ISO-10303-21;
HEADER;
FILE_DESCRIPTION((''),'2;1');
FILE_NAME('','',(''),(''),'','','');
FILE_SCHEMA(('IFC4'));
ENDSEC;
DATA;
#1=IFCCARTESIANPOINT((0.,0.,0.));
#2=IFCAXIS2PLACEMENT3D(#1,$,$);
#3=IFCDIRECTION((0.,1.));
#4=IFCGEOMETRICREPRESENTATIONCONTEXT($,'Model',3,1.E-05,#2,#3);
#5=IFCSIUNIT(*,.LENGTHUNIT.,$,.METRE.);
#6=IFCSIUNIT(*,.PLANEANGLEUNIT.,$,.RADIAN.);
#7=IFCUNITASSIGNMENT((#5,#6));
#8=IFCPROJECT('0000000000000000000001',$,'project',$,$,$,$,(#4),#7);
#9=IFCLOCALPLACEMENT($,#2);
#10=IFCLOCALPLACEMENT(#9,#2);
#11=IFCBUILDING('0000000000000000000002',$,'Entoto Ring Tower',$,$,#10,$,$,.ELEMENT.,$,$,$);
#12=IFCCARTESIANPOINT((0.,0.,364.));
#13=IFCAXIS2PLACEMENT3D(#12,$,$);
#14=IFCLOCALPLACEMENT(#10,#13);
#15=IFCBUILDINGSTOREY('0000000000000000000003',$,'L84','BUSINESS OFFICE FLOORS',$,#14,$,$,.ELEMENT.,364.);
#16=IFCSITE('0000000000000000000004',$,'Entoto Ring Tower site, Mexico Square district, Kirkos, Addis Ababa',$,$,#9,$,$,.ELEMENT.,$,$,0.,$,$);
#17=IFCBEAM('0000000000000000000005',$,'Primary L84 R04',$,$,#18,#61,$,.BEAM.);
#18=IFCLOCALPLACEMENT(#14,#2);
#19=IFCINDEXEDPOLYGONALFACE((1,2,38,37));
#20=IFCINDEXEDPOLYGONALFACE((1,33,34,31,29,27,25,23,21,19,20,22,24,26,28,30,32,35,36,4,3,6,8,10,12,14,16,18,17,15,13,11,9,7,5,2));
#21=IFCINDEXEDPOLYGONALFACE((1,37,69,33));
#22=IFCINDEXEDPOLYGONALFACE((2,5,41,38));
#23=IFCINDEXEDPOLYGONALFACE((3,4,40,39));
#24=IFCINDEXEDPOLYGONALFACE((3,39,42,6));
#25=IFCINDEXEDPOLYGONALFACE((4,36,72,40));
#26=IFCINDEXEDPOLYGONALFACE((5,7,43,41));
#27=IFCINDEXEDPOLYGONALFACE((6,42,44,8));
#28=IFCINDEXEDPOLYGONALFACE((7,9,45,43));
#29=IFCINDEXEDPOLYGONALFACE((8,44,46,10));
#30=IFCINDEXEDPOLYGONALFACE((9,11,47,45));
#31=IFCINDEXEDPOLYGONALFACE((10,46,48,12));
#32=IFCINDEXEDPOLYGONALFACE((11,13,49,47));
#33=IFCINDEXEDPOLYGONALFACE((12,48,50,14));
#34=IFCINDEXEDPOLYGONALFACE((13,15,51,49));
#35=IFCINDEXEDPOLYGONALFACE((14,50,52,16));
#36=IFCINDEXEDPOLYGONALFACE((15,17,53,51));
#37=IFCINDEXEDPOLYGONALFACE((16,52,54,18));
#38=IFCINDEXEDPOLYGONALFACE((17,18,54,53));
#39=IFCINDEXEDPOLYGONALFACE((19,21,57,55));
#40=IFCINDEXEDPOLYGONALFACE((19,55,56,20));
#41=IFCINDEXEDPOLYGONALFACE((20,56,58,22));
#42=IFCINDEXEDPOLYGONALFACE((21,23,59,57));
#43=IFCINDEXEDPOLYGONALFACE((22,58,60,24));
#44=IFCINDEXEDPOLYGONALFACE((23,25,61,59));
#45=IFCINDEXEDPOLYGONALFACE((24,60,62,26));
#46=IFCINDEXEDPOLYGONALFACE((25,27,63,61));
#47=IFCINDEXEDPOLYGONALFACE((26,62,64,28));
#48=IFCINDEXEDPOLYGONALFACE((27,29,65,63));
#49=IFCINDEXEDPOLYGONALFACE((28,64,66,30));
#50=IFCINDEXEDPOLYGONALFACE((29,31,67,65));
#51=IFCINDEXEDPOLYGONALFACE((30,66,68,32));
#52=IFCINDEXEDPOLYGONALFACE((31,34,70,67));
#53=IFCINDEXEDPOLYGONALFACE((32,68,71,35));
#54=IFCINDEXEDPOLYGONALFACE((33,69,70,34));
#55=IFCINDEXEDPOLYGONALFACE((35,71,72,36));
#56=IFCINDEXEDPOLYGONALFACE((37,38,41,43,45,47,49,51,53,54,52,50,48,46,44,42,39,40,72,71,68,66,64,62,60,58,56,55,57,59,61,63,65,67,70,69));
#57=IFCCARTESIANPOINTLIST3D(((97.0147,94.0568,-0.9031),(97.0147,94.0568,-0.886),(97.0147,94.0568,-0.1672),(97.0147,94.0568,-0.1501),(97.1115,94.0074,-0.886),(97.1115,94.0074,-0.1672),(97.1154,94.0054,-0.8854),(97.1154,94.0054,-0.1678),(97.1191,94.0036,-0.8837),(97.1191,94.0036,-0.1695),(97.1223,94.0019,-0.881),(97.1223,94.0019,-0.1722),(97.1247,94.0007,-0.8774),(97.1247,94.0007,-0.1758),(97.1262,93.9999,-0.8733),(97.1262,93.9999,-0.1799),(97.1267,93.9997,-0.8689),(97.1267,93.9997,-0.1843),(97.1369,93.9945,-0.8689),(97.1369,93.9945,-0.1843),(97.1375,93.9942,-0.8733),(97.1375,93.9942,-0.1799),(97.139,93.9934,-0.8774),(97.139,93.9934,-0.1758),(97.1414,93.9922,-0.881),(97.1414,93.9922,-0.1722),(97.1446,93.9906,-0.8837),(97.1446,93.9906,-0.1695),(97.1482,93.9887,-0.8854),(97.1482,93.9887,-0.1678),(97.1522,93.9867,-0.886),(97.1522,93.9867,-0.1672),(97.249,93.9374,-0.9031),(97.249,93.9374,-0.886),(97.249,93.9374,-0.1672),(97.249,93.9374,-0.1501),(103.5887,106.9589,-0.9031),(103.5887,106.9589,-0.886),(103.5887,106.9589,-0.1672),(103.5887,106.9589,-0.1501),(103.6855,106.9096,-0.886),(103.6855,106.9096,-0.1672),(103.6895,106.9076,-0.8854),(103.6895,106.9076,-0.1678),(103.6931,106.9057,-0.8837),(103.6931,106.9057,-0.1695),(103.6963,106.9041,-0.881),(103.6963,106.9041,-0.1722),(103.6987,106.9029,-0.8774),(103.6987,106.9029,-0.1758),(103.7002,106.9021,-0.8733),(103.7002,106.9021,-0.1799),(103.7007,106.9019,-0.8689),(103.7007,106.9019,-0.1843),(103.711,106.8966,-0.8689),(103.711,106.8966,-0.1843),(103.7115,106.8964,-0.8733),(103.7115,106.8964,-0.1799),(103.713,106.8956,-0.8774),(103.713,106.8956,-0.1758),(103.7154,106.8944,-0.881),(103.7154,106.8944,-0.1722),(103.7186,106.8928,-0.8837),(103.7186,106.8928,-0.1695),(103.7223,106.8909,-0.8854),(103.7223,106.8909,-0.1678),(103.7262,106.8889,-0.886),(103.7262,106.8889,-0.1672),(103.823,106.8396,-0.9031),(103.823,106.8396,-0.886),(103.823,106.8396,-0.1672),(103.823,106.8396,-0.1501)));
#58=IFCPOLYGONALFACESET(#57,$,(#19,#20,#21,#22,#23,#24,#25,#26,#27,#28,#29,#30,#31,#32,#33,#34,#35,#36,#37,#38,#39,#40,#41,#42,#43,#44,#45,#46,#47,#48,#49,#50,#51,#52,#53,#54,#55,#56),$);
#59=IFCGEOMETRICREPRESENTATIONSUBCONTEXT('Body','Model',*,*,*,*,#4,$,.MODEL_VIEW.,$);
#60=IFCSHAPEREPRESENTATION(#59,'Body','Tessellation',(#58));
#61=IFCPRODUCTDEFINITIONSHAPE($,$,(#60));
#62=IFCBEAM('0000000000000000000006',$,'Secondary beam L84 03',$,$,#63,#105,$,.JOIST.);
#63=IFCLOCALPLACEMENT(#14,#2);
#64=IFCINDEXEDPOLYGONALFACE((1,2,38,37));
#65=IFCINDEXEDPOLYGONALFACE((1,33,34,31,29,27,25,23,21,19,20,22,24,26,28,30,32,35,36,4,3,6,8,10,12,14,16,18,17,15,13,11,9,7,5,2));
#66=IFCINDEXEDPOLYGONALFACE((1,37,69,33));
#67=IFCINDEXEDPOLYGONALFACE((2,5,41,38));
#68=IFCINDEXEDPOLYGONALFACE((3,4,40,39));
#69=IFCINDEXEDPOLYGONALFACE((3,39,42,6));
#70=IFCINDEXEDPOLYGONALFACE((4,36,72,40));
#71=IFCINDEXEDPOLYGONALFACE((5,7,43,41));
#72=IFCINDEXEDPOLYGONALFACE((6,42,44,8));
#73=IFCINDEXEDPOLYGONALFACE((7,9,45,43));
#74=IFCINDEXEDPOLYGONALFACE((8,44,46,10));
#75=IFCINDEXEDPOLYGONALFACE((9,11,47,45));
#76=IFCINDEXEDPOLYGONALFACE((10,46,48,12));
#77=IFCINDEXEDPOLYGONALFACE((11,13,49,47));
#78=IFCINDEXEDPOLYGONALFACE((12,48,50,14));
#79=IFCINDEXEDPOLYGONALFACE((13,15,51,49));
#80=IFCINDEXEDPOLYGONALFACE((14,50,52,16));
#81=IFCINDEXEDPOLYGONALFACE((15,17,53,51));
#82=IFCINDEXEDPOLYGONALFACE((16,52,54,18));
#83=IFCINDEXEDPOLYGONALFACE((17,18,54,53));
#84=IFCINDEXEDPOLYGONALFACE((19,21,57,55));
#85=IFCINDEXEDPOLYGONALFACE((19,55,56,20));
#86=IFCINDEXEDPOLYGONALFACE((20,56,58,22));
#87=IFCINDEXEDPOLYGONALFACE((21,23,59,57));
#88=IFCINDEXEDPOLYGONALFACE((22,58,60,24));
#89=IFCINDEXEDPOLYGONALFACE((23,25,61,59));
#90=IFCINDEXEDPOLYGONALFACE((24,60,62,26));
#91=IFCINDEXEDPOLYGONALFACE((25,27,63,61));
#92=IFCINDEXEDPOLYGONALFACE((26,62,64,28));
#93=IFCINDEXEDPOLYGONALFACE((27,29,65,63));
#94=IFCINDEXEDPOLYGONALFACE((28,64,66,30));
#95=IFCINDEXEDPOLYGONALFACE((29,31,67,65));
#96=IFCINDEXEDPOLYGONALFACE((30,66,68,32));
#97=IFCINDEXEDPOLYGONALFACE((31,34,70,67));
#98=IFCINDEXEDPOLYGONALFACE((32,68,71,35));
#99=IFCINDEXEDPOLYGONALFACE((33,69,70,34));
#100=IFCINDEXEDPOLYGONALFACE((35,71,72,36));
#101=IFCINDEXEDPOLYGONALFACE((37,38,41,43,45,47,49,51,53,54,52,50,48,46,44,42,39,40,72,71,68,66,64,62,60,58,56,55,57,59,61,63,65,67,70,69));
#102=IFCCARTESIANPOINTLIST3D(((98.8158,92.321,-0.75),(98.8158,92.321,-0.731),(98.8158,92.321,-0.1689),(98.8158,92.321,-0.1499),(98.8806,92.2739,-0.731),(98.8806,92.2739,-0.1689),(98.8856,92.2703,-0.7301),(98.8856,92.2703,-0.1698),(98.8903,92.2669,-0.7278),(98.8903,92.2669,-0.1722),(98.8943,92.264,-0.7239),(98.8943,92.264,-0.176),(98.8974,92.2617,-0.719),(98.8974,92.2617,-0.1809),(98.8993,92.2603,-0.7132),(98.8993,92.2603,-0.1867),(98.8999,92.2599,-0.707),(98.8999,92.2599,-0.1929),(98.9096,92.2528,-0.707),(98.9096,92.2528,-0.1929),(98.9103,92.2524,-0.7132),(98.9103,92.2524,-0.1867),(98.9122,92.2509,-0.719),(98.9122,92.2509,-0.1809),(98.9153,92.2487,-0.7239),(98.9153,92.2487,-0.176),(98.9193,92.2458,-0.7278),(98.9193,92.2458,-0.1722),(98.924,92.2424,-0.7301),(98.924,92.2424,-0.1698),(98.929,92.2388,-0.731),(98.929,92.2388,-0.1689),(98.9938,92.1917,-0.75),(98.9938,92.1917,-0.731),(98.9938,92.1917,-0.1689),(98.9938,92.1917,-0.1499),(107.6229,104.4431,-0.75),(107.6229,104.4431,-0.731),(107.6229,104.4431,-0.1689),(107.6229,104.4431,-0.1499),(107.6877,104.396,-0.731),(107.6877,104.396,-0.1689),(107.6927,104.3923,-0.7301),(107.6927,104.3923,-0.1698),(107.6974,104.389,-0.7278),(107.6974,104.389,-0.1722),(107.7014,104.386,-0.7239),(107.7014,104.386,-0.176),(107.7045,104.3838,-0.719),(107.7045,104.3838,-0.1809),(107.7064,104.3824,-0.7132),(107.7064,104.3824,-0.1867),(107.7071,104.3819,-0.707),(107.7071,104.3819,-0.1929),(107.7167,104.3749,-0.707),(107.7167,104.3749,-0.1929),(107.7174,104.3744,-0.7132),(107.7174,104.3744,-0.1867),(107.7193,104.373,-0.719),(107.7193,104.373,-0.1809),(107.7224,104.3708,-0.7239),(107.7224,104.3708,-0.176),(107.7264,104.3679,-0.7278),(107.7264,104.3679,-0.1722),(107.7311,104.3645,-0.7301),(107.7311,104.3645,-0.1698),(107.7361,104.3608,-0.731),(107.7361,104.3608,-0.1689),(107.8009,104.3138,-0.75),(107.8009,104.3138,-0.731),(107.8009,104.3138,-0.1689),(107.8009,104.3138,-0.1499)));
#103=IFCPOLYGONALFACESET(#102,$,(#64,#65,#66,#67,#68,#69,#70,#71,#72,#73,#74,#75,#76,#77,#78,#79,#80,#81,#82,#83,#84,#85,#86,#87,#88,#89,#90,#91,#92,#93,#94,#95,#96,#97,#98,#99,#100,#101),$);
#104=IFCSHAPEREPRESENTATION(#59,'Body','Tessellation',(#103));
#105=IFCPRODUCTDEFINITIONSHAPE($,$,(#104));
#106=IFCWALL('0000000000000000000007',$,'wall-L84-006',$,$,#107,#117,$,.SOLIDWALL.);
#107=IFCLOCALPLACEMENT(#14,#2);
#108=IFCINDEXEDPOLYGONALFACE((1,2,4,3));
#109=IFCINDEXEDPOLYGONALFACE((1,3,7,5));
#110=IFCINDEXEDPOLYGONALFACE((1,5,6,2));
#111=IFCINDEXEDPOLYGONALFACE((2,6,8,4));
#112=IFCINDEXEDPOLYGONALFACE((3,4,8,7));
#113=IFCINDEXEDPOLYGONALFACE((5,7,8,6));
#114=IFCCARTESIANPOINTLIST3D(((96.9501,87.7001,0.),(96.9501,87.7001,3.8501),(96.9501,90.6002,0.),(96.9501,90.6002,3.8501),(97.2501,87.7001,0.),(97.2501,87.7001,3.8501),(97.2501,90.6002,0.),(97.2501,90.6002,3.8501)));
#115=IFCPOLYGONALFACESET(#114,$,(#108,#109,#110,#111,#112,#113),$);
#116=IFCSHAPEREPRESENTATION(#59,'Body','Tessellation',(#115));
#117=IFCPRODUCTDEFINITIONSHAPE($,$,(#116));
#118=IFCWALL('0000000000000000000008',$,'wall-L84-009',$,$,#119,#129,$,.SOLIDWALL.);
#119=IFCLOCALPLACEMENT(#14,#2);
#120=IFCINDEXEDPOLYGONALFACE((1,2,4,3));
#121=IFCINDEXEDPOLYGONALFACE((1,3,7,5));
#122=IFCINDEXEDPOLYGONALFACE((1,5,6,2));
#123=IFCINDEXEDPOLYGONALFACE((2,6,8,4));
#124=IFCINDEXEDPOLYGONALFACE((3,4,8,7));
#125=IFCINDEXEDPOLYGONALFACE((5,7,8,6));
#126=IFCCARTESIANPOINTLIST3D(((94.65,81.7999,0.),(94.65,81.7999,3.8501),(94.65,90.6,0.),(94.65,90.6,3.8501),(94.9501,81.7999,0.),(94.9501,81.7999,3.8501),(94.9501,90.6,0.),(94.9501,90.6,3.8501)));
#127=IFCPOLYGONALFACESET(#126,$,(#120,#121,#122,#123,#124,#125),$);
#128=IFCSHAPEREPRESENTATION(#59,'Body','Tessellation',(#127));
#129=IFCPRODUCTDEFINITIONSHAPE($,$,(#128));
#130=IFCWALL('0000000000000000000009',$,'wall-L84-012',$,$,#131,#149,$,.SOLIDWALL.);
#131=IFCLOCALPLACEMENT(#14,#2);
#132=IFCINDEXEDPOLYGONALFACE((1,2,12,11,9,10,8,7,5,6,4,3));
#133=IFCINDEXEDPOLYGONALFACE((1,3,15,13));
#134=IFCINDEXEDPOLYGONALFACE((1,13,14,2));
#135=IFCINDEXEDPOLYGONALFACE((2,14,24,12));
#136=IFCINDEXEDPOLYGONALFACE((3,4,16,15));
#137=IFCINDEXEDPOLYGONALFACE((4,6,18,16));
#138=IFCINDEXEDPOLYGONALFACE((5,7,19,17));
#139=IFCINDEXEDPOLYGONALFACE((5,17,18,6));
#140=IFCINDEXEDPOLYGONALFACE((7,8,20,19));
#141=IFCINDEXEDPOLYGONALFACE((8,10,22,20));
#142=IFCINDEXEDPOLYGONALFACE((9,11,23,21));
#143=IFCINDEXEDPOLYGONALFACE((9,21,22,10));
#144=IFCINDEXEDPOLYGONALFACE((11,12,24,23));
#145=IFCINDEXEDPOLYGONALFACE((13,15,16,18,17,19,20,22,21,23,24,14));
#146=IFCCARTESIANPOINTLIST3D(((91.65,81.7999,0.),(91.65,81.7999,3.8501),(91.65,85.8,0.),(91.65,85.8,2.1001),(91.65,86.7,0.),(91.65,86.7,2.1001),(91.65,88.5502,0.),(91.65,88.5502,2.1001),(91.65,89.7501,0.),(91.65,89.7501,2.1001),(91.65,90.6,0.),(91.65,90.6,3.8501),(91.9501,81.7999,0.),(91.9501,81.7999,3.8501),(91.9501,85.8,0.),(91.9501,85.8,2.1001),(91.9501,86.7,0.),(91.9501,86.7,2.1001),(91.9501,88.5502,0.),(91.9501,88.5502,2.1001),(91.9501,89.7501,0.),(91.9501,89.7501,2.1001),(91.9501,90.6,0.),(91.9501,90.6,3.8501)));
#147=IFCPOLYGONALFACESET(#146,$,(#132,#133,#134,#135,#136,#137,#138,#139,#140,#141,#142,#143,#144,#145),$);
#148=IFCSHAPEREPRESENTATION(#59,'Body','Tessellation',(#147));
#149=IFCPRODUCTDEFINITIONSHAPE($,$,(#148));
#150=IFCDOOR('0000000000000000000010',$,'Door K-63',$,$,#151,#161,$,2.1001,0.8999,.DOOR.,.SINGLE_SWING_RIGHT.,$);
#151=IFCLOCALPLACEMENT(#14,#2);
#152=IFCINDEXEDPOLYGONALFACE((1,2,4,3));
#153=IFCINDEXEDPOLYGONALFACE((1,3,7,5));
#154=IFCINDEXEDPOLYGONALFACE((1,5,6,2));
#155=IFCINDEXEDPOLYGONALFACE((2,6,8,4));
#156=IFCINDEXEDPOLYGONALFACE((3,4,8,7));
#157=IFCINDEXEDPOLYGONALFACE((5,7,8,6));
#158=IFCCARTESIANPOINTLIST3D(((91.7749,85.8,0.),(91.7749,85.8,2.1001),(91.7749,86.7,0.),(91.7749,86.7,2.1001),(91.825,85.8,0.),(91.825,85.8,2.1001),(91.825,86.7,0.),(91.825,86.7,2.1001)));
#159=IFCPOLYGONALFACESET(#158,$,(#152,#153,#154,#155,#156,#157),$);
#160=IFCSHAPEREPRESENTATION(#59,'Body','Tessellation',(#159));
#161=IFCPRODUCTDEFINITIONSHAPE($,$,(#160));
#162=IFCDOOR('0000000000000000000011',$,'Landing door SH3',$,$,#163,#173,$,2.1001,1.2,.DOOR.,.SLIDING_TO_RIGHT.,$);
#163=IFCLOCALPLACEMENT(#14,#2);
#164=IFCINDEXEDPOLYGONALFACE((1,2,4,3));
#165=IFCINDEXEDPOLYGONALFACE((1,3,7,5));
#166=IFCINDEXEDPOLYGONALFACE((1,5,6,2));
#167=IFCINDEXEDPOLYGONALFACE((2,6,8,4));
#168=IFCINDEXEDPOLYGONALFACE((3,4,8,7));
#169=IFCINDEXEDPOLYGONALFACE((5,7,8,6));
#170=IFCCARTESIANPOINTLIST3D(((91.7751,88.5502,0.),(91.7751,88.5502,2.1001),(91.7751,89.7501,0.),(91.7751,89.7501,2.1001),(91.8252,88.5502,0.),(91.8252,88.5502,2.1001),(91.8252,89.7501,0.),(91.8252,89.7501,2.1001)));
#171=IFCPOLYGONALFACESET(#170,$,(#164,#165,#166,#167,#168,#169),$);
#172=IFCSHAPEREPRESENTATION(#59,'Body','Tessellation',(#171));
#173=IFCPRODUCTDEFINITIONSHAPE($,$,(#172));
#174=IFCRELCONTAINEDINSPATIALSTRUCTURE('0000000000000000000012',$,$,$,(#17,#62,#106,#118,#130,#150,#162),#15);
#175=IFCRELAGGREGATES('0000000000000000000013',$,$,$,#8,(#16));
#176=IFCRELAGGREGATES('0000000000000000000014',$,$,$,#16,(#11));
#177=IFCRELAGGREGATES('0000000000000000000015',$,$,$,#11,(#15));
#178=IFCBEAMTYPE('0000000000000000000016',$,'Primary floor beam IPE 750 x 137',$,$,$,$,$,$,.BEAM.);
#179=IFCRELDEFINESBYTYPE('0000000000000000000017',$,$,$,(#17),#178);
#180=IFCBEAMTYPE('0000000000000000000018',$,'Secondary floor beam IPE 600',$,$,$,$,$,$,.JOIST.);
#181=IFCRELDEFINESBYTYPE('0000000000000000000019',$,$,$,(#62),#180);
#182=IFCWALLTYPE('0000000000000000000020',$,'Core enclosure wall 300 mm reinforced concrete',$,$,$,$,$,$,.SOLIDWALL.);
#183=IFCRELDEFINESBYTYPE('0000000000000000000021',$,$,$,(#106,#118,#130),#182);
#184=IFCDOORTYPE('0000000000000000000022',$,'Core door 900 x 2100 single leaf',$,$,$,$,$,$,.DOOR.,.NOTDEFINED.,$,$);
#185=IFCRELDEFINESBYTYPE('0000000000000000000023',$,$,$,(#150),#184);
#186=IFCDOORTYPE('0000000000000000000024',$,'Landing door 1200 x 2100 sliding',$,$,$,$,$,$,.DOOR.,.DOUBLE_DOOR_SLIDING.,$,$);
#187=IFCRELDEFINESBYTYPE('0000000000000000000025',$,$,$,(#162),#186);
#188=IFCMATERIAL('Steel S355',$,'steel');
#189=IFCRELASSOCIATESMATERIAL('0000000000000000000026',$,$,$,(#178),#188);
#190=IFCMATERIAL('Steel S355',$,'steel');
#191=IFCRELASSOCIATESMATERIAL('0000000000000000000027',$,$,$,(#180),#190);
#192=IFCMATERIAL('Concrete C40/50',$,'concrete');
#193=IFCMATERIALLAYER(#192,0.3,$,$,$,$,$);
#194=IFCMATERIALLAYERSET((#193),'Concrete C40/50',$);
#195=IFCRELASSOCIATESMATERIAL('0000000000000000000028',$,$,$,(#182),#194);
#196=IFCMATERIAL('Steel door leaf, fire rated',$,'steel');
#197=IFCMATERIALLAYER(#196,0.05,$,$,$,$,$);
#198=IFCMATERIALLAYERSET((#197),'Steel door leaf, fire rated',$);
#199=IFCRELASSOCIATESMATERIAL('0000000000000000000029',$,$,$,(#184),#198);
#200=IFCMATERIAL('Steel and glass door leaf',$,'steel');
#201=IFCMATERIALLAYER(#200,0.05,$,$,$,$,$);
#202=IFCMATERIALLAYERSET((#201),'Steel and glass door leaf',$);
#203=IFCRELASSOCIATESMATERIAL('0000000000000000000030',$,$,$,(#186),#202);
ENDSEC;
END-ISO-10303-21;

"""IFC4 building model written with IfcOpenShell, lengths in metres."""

from ifc_helpers import new_model, si_unit, direction, frame, frame_2d, origin, origin_2d, place, context, subcontext, project, spatial, rectangle, i_section, extrude, material, layer, layer_set, material_profile, profile_set, type_object, element, fill, save


model = new_model("IFC4")

# Units and contexts
model_context = context("Model", 3, precision=1e-05, world=origin(), true_north=direction((0.0, 1.0)))
body_context = subcontext(model_context, "Body", "Model", "MODEL_VIEW")
ifc_project = project(units=[si_unit("LENGTHUNIT", "METRE"), si_unit("PLANEANGLEUNIT", "RADIAN")], contexts=[model_context])

# Site, building, storey
site_placement = place(None, origin())
site = spatial("IfcSite", under=ifc_project, at=site_placement, Name="Entoto Ring Tower site, Mexico Square district, Kirkos, Addis Ababa", CompositionType="ELEMENT", RefElevation=0.0)
building_placement = place(site_placement, origin())
building = spatial("IfcBuilding", under=site, at=building_placement, Name="Entoto Ring Tower", CompositionType="ELEMENT")
storey_placement = place(building_placement, frame((0.0, 0.0, 364.0)))
storey = spatial("IfcBuildingStorey", under=building, at=storey_placement, Name="L84", Description="BUSINESS OFFICE FLOORS", CompositionType="ELEMENT", Elevation=364.0)

# Beams
ifc_material_1 = material(Name="Steel S355", Category="steel")
ifc_material_profile_1 = material_profile(ifc_material_1, i_section(OverallWidth=0.2629, OverallDepth=0.7529, WebThickness=0.0115, FlangeThickness=0.0171, FilletRadius=0.0171, at=origin_2d()), Name="IPE 750 x 137")
ifc_profile_set_1 = profile_set([ifc_material_profile_1], Name="Steel S355")
beam_type_1 = type_object("IfcBeamType", Name="Primary floor beam IPE 750 x 137", PredefinedType="BEAM", material=ifc_profile_set_1)
beam_1_placement = place(storey_placement, frame((97.1318, 93.9971, -0.5266), z_axis=(0.453992, 0.891006, 0.0), x_axis=(-0.891006, 0.453992, 0.0)))
element("IfcBeam", 1, at=beam_1_placement, inside=storey, type_object=beam_type_1, Name="Primary L84 R04", PredefinedType="BEAM", context=body_context, shape_type="SweptSolid", body=[
    extrude(i_section(OverallWidth=0.2629, OverallDepth=0.7529, WebThickness=0.0115, FlangeThickness=0.0171, FilletRadius=0.0171, at=origin_2d()), origin(), (0.0, 0.0, 1.0), 14.4805),
])
ifc_material_2 = material(Name="Steel S355", Category="steel")
ifc_material_profile_2 = material_profile(ifc_material_2, i_section(OverallWidth=0.22, OverallDepth=0.6001, WebThickness=0.012, FlangeThickness=0.019, FilletRadius=0.0239, at=origin_2d()), Name="IPE 600")
ifc_profile_set_2 = profile_set([ifc_material_profile_2], Name="Steel S355")
beam_type_2 = type_object("IfcBeamType", Name="Secondary floor beam IPE 600", PredefinedType="JOIST", material=ifc_profile_set_2)
beam_2_placement = place(storey_placement, frame((98.9048, 92.2563, -0.45), z_axis=(0.587782, 0.809019, 0.0), x_axis=(-0.809019, 0.587782, 0.0)))
element("IfcBeam", 2, at=beam_2_placement, inside=storey, type_object=beam_type_2, Name="Secondary beam L84 03", PredefinedType="JOIST", context=body_context, shape_type="SweptSolid", body=[
    extrude(i_section(OverallWidth=0.22, OverallDepth=0.6001, WebThickness=0.012, FlangeThickness=0.019, FilletRadius=0.0239, at=origin_2d()), origin(), (0.0, 0.0, 1.0), 14.9836),
])

# Walls
ifc_material_3 = material(Name="Concrete C40/50", Category="concrete")
ifc_layer_1 = layer(ifc_material_3, 0.3)
ifc_layer_set_1 = layer_set([ifc_layer_1], Name="Concrete C40/50")
wall_type = type_object("IfcWallType", Name="Core enclosure wall 300 mm reinforced concrete", PredefinedType="SOLIDWALL", material=ifc_layer_set_1)
wall_1_placement = place(storey_placement, frame((97.1001, 87.7, 0.0), z_axis=(0.0, 0.0, 1.0), x_axis=(0.0, 1.0, 0.0)))
element("IfcWall", 3, at=wall_1_placement, inside=storey, type_object=wall_type, Name="wall-L84-006", PredefinedType="SOLIDWALL", context=body_context, shape_type="SweptSolid", body=[
    extrude(rectangle(XDim=2.9001, YDim=0.3, at=frame_2d((1.4502, 0.0))), origin(), (0.0, 0.0, 1.0), 3.8501),
])
wall_2_placement = place(storey_placement, frame((94.8, 81.8, 0.0), z_axis=(0.0, 0.0, 1.0), x_axis=(0.0, 1.0, 0.0)))
element("IfcWall", 4, at=wall_2_placement, inside=storey, type_object=wall_type, Name="wall-L84-009", PredefinedType="SOLIDWALL", context=body_context, shape_type="SweptSolid", body=[
    extrude(rectangle(XDim=8.8, YDim=0.3, at=frame_2d((4.3999, 0.0))), origin(), (0.0, 0.0, 1.0), 3.8501),
])

# Wall, openings, doors
wall_3_placement = place(storey_placement, frame((91.8, 81.8, 0.0), z_axis=(0.0, 0.0, 1.0), x_axis=(0.0, 1.0, 0.0)))
wall_3 = element("IfcWall", 5, at=wall_3_placement, inside=storey, type_object=wall_type, Name="wall-L84-012", PredefinedType="SOLIDWALL", context=body_context, shape_type="SweptSolid", body=[
    extrude(rectangle(XDim=8.8, YDim=0.3, at=frame_2d((4.3999, 0.0))), origin(), (0.0, 0.0, 1.0), 3.8501),
])
opening_1_placement = place(wall_3_placement, frame((6.75, 0.0, 0.0)))
opening_1 = element("IfcOpeningElement", 6, at=opening_1_placement, cuts=wall_3, PredefinedType="OPENING", context=body_context, shape_type="SweptSolid", body=[
    extrude(rectangle(XDim=1.2, YDim=2.1001, at=frame_2d((0.6001, 1.05))), frame((0.0, 0.1602, 0.0), z_axis=(0.0, -1.0, 0.0), x_axis=(1.0, 0.0, 0.0)), (0.0, 0.0, 1.0), 0.3201),
])
opening_2_placement = place(wall_3_placement, frame((4.0, 0.0, 0.0)))
opening_2 = element("IfcOpeningElement", 7, at=opening_2_placement, cuts=wall_3, PredefinedType="OPENING", context=body_context, shape_type="SweptSolid", body=[
    extrude(rectangle(XDim=0.8999, YDim=2.1001, at=frame_2d((0.45, 1.05))), frame((0.0, 0.1602, 0.0), z_axis=(0.0, -1.0, 0.0), x_axis=(1.0, 0.0, 0.0)), (0.0, 0.0, 1.0), 0.3201),
])
ifc_material_4 = material(Name="Steel door leaf, fire rated", Category="steel")
ifc_layer_2 = layer(ifc_material_4, 0.05)
ifc_layer_set_2 = layer_set([ifc_layer_2], Name="Steel door leaf, fire rated")
door_type_1 = type_object("IfcDoorType", Name="Core door 900 x 2100 single leaf", OperationType="NOTDEFINED", PredefinedType="DOOR", material=ifc_layer_set_2)
door_1_placement = place(opening_2_placement, frame((0.8999, 0.0, 0.0), z_axis=(0.0, 0.0, 1.0), x_axis=(-1.0, 0.0, 0.0)))
door_1 = element("IfcDoor", 8, at=door_1_placement, inside=storey, type_object=door_type_1, Name="Door K-63", OperationType="SINGLE_SWING_RIGHT", OverallHeight=2.1001, OverallWidth=0.8999, PredefinedType="DOOR", context=body_context, shape_type="SweptSolid", body=[
    extrude(rectangle(XDim=0.8999, YDim=2.1001, at=frame_2d((0.45, 1.05))), frame((0.0, 0.0249, 0.0), z_axis=(0.0, -1.0, 0.0), x_axis=(1.0, 0.0, 0.0)), (0.0, 0.0, 1.0), 0.05),
])
fill(opening_2, door_1)
ifc_material_5 = material(Name="Steel and glass door leaf", Category="steel")
ifc_layer_3 = layer(ifc_material_5, 0.05)
ifc_layer_set_3 = layer_set([ifc_layer_3], Name="Steel and glass door leaf")
door_type_2 = type_object("IfcDoorType", Name="Landing door 1200 x 2100 sliding", OperationType="DOUBLE_DOOR_SLIDING", PredefinedType="DOOR", material=ifc_layer_set_3)
door_2_placement = place(opening_1_placement, origin())
door_2 = element("IfcDoor", 9, at=door_2_placement, inside=storey, type_object=door_type_2, Name="Landing door SH3", OperationType="SLIDING_TO_RIGHT", OverallHeight=2.1001, OverallWidth=1.2, PredefinedType="DOOR", context=body_context, shape_type="SweptSolid", body=[
    extrude(rectangle(XDim=1.2, YDim=2.1001, at=frame_2d((0.6001, 1.05))), frame((0.0, 0.0249, 0.0), z_axis=(0.0, -1.0, 0.0), x_axis=(1.0, 0.0, 0.0)), (0.0, 0.0, 1.0), 0.05),
])
fill(opening_1, door_2)

save(model, "model.ifc")
